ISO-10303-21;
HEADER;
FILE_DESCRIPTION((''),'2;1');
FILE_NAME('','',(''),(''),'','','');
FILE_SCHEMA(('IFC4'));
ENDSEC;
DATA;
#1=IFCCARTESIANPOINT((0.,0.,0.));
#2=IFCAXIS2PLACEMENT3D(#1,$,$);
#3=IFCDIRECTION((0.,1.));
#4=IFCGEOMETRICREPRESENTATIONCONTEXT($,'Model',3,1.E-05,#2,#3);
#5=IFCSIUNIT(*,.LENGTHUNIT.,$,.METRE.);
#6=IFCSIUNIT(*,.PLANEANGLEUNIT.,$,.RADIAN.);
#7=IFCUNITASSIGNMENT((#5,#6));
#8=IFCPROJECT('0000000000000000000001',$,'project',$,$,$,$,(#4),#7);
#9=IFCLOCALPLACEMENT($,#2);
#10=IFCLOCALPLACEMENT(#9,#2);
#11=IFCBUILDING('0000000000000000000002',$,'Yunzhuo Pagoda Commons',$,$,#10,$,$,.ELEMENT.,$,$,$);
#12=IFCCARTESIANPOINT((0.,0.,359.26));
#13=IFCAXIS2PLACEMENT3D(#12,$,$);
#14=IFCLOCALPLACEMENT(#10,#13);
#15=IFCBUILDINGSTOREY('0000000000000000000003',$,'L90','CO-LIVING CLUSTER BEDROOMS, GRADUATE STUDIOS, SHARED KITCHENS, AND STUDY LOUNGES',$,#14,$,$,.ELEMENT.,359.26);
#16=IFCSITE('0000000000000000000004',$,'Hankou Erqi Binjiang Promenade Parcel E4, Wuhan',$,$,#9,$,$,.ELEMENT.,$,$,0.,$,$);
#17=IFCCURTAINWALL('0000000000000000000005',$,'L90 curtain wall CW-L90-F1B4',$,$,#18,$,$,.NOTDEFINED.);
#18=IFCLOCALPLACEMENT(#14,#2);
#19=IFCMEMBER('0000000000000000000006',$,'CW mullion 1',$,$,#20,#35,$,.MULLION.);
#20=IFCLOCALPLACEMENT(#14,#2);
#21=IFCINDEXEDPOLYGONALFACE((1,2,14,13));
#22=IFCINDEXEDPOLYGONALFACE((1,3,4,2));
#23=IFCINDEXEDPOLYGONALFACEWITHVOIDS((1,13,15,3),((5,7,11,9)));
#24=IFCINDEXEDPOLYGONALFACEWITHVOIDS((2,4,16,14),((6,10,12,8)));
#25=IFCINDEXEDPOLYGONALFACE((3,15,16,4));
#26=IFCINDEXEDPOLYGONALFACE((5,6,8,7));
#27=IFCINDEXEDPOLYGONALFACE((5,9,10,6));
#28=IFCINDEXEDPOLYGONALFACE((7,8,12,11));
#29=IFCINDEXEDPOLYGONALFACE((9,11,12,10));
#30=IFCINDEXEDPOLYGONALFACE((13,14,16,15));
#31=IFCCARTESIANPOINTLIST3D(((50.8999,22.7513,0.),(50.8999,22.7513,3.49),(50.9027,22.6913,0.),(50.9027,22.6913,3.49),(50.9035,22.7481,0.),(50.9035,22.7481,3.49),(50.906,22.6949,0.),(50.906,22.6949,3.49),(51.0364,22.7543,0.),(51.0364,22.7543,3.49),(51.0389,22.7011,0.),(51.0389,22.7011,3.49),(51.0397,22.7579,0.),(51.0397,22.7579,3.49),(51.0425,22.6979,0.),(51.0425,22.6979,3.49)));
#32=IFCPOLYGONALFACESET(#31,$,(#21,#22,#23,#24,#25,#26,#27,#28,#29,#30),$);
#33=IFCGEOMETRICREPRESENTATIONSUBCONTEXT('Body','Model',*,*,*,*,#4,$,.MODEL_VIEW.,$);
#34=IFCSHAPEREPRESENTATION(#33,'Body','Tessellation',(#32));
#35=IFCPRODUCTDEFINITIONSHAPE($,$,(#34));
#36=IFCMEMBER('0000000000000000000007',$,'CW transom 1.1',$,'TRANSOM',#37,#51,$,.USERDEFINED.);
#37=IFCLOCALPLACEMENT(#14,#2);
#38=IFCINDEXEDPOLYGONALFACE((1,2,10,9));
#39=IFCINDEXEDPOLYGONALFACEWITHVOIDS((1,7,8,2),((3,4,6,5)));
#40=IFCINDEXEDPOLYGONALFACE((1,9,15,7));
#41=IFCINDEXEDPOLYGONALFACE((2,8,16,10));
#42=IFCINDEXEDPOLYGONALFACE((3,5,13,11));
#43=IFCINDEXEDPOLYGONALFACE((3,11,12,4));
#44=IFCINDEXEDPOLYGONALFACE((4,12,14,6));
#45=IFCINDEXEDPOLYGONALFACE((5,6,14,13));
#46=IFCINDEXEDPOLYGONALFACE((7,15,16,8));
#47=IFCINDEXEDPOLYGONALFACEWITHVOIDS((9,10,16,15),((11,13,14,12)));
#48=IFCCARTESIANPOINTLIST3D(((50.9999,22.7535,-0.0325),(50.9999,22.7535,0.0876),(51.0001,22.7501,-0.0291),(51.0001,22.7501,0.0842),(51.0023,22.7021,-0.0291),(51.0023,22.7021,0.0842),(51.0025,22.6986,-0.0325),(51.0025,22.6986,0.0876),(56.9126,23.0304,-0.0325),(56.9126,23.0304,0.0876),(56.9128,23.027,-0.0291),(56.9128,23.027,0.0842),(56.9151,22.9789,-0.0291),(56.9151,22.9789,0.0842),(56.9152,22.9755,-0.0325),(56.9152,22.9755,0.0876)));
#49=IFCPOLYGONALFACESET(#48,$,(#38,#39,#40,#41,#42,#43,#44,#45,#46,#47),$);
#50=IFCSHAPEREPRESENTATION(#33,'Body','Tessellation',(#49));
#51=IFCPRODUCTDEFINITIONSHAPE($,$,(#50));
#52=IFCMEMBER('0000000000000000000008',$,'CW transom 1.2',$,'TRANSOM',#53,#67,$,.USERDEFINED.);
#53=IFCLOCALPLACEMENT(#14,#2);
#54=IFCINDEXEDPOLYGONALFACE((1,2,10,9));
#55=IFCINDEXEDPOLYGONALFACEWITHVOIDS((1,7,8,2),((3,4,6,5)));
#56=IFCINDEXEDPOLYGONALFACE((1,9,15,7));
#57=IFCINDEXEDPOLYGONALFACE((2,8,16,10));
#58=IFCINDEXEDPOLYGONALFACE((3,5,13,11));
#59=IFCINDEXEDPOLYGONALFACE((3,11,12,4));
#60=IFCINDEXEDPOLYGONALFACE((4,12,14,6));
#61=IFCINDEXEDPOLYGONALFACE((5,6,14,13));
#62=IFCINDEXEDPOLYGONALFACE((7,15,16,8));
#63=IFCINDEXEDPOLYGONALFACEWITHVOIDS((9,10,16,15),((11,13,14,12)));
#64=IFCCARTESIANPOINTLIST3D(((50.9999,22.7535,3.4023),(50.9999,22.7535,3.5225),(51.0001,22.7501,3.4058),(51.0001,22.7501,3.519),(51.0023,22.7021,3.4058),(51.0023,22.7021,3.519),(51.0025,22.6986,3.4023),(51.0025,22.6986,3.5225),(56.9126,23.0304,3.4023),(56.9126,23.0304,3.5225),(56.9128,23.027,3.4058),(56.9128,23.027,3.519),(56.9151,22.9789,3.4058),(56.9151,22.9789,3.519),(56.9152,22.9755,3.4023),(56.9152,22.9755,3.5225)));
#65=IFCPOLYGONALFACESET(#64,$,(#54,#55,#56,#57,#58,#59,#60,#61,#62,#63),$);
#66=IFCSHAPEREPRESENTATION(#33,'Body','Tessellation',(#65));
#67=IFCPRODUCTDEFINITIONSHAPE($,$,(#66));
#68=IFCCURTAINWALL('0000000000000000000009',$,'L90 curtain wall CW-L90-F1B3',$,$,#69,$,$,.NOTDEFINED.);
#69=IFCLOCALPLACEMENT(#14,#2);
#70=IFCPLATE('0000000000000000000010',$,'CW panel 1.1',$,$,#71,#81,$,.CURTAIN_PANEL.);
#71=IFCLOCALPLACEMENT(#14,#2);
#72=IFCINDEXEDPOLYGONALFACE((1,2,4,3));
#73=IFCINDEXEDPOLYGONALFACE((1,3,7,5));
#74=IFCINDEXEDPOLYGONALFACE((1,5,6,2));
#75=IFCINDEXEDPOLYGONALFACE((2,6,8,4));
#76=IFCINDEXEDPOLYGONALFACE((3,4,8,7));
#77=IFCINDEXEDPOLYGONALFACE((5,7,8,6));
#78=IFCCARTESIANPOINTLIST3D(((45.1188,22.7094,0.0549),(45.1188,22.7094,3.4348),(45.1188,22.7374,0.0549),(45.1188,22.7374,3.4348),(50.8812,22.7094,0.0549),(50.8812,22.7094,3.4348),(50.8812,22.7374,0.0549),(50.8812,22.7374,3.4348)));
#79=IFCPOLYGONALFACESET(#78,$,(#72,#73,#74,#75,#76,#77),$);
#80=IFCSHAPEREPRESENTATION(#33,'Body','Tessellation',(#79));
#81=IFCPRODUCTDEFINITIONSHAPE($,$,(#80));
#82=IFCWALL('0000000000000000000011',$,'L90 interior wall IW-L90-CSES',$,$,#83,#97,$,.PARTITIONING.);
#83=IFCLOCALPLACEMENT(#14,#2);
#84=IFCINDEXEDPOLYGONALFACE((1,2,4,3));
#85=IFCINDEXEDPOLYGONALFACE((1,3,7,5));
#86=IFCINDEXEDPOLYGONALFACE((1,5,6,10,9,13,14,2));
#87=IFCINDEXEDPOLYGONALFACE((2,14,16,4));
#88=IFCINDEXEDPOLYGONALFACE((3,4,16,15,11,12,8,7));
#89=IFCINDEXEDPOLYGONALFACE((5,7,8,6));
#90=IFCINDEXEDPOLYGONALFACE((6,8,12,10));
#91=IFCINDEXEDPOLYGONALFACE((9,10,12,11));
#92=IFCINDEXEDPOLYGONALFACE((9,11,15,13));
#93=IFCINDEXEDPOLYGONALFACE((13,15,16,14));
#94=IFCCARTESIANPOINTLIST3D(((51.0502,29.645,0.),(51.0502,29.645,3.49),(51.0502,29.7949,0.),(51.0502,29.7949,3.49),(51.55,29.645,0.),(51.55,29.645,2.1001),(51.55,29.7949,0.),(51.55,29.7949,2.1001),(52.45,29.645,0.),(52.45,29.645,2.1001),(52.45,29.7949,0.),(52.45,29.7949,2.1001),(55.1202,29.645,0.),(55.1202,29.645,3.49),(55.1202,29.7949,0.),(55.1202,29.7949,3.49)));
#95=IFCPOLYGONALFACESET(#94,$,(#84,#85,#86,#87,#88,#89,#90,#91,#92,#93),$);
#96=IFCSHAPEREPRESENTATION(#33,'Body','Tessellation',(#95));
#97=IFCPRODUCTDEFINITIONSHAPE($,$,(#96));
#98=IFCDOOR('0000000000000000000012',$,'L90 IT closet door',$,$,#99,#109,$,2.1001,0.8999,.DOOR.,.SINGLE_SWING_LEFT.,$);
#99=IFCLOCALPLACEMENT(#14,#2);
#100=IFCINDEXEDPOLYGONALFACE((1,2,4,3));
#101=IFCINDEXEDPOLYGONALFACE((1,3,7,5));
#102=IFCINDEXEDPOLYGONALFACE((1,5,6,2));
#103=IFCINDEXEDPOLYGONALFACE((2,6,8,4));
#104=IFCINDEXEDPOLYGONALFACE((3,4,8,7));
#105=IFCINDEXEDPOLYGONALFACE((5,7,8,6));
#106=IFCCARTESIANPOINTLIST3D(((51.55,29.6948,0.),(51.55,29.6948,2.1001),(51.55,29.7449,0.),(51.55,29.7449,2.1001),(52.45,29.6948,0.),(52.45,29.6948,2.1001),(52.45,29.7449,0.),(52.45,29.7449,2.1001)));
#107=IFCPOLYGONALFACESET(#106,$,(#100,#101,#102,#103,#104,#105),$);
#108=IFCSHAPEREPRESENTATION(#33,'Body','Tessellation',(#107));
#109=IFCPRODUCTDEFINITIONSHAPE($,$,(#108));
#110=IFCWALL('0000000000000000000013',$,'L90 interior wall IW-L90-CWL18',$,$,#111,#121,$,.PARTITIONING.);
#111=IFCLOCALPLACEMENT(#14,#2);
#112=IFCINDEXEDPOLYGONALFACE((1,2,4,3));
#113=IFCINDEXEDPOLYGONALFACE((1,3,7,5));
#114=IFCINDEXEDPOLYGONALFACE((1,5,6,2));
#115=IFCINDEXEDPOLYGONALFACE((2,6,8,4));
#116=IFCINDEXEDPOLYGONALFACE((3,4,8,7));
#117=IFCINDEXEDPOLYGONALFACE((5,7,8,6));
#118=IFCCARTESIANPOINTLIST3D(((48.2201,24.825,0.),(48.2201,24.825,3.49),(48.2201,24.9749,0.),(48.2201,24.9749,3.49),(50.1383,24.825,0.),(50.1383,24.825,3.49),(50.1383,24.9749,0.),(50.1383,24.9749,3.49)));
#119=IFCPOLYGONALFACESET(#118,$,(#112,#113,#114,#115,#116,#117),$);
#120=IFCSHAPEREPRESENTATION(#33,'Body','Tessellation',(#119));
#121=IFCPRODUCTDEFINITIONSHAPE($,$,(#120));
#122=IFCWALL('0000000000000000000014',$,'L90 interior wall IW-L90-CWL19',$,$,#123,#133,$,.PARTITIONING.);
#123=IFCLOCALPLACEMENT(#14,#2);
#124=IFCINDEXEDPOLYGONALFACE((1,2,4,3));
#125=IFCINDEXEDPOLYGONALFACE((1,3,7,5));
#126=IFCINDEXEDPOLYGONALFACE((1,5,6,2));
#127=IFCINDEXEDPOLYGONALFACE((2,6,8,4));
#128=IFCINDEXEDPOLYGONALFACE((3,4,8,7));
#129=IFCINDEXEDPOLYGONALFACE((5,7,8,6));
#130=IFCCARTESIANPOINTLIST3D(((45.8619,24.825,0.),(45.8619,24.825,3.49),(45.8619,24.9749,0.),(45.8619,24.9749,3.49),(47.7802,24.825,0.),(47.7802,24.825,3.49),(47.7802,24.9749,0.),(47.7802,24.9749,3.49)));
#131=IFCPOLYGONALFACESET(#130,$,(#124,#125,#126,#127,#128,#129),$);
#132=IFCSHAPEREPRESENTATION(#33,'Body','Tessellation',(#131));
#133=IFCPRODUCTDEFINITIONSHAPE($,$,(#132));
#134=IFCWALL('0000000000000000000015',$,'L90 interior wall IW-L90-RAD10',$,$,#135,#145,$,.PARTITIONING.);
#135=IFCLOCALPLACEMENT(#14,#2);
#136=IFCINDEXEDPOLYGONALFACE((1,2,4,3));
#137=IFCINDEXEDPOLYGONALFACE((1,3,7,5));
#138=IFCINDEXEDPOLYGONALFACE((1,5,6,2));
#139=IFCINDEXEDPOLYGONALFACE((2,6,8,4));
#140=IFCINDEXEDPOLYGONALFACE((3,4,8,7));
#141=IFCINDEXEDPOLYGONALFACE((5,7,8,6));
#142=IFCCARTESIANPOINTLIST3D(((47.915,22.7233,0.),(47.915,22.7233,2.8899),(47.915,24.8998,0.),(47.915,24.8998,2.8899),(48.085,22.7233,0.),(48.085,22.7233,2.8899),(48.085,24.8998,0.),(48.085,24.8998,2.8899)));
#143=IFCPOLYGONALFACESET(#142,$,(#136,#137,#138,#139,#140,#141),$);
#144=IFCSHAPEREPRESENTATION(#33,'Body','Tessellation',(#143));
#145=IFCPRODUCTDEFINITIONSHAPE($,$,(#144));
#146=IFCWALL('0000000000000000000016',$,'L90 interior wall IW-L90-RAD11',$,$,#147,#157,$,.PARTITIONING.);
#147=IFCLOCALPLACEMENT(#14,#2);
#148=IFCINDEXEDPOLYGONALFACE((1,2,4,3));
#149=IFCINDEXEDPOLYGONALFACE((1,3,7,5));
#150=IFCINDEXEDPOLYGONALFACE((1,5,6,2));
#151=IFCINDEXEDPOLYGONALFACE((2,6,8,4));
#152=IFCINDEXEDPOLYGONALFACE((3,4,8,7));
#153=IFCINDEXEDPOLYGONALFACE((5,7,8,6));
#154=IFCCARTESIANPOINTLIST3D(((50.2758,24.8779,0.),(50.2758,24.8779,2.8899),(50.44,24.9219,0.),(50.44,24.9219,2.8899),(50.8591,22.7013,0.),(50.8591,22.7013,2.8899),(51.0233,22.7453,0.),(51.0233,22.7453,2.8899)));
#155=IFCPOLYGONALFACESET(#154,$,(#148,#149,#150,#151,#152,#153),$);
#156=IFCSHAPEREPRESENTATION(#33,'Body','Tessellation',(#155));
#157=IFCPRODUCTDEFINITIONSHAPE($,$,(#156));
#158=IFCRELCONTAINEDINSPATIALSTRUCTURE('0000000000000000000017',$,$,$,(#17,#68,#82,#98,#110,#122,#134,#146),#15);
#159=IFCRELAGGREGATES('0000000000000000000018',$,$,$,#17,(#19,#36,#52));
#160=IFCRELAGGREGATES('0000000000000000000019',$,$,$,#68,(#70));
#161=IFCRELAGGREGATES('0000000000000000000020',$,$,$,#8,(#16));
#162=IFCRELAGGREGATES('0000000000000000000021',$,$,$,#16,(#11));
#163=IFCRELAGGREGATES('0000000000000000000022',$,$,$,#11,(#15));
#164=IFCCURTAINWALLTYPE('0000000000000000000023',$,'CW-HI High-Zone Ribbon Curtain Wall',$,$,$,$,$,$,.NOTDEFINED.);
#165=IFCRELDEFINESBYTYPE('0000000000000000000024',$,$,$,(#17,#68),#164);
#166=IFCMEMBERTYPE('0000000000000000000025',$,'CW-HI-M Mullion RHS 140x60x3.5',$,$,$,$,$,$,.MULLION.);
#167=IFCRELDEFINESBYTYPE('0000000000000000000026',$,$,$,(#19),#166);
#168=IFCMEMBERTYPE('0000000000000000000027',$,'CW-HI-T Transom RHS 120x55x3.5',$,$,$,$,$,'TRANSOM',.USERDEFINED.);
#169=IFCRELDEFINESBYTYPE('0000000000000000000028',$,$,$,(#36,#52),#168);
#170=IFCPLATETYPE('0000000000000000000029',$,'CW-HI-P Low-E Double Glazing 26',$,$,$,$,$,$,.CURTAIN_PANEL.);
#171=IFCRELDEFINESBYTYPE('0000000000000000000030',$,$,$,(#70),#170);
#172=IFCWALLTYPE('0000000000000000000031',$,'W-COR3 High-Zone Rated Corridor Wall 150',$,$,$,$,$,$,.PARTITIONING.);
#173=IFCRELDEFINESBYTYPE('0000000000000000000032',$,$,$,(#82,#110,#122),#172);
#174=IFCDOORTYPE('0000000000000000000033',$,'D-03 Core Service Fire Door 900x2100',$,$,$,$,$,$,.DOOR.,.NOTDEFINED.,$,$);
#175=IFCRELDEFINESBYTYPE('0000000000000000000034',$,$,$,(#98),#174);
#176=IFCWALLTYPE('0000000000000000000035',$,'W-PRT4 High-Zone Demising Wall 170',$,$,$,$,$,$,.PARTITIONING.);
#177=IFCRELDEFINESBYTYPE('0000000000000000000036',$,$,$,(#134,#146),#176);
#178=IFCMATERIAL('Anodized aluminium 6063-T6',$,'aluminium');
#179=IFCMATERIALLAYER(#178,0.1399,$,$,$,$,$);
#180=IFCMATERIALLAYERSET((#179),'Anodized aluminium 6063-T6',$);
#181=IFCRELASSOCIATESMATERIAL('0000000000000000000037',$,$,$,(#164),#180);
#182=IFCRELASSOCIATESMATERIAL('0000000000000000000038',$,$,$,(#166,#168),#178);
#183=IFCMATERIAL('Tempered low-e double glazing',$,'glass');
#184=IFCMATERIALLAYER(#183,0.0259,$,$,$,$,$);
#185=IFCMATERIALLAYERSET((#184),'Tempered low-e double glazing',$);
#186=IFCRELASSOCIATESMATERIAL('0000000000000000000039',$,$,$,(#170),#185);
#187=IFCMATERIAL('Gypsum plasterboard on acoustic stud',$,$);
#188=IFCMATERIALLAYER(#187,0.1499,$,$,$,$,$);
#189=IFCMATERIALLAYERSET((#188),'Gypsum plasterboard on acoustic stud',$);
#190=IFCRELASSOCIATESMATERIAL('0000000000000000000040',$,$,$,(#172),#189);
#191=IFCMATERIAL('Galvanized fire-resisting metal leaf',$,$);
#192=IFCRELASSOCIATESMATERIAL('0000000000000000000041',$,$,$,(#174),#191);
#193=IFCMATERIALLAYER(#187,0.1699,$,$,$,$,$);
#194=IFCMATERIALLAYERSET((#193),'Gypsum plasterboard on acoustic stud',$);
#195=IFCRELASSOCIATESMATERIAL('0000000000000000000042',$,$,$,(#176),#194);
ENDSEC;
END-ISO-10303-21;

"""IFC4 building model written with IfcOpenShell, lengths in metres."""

from ifc_helpers import new_model, si_unit, direction, frame, frame_2d, origin, origin_with_axes, origin_2d, place, context, subcontext, project, spatial, rectangle, hollow_rectangle, extrude, source, transform, mapped, material, layer, layer_set, material_profile, profile_set, type_object, element, fill, aggregate, save


model = new_model("IFC4")

# Units and contexts
model_context = context("Model", 3, precision=1e-05, world=origin(), true_north=direction((0.0, 1.0)))
body_context = subcontext(model_context, "Body", "Model", "MODEL_VIEW")
ifc_project = project(units=[si_unit("LENGTHUNIT", "METRE"), si_unit("PLANEANGLEUNIT", "RADIAN")], contexts=[model_context])

# Site, building, storey
site_placement = place(None, origin())
site = spatial("IfcSite", under=ifc_project, at=site_placement, Name="Hankou Erqi Binjiang Promenade Parcel E4, Wuhan", CompositionType="ELEMENT", RefElevation=0.0)
building_placement = place(site_placement, origin())
building = spatial("IfcBuilding", under=site, at=building_placement, Name="Yunzhuo Pagoda Commons", CompositionType="ELEMENT")
storey_placement = place(building_placement, frame((0.0, 0.0, 359.26)))
storey = spatial("IfcBuildingStorey", under=building, at=storey_placement, Name="L90", Description="CO-LIVING CLUSTER BEDROOMS, GRADUATE STUDIOS, SHARED KITCHENS, AND STUDY LOUNGES", CompositionType="ELEMENT", Elevation=359.26)

# Curtain wall, members
ifc_material_1 = material(Name="Anodized aluminium 6063-T6", Category="aluminium")
ifc_layer_1 = layer(ifc_material_1, 0.1399)
ifc_layer_set_1 = layer_set([ifc_layer_1], Name="Anodized aluminium 6063-T6")
curtain_wall_type = type_object("IfcCurtainWallType", Name="CW-HI High-Zone Ribbon Curtain Wall", PredefinedType="NOTDEFINED", material=ifc_layer_set_1)
curtain_wall_1_placement = place(storey_placement, origin())
curtain_wall_1 = element("IfcCurtainWall", 1, at=curtain_wall_1_placement, inside=storey, type_object=curtain_wall_type, Name="L90 curtain wall CW-L90-F1B4", PredefinedType="NOTDEFINED")
ifc_material_profile_1 = material_profile(ifc_material_1, hollow_rectangle(XDim=0.0601, YDim=0.1399, WallThickness=0.0034, at=origin_2d()), Name="Anodized aluminium 6063-T6")
ifc_profile_set_1 = profile_set([ifc_material_profile_1], Name="Anodized aluminium 6063-T6")
member_type_1 = type_object("IfcMemberType", Name="CW-HI-M Mullion RHS 140x60x3.5", PredefinedType="MULLION", material=ifc_profile_set_1)
shared_shape_1 = source(origin(), body_context, "Body", "SweptSolid", [
    extrude(hollow_rectangle(XDim=0.0601, YDim=0.1399, WallThickness=0.0034, at=origin_2d()), origin(), (0.0, 0.0, 1.0), 3.49),
])
member_1_placement = place(storey_placement, frame((50.9712, 22.7246, 0.0), z_axis=(0.0, 0.0, 1.0), x_axis=(-0.046712, 0.998908, 0.0)))
member_1 = element("IfcMember", 2, at=member_1_placement, type_object=member_type_1, Name="CW mullion 1", PredefinedType="MULLION", context=body_context, shape_type="MappedRepresentation", body=[
    mapped(shared_shape_1, transform((0.0, 0.0, 0.0), scale=1.0)),
])
ifc_material_profile_2 = material_profile(ifc_material_1, hollow_rectangle(XDim=0.0549, YDim=0.1201, WallThickness=0.0034, at=origin_2d()), Name="Anodized aluminium 6063-T6")
ifc_profile_set_2 = profile_set([ifc_material_profile_2], Name="Anodized aluminium 6063-T6")
member_type_2 = type_object("IfcMemberType", Name="CW-HI-T Transom RHS 120x55x3.5", ElementType="TRANSOM", PredefinedType="USERDEFINED", material=ifc_profile_set_2)
shared_shape_2 = source(origin(), body_context, "Body", "SweptSolid", [
    extrude(hollow_rectangle(XDim=0.0549, YDim=0.1201, WallThickness=0.0034, at=origin_2d()), origin(), (0.0, 0.0, 1.0), 5.9192),
])
member_2_placement = place(storey_placement, frame((51.0012, 22.7261, 0.0276), z_axis=(0.998906, 0.046773, 0.0), x_axis=(-0.046773, 0.998906, 0.0)))
member_2 = element("IfcMember", 3, at=member_2_placement, type_object=member_type_2, Name="CW transom 1.1", ObjectType="TRANSOM", PredefinedType="USERDEFINED", context=body_context, shape_type="MappedRepresentation", body=[
    mapped(shared_shape_2, transform((0.0, 0.0, 0.0), scale=1.0)),
])
member_3_placement = place(storey_placement, frame((51.0012, 22.7261, 3.4624), z_axis=(0.998906, 0.046773, 0.0), x_axis=(-0.046773, 0.998906, 0.0)))
member_3 = element("IfcMember", 4, at=member_3_placement, type_object=member_type_2, Name="CW transom 1.2", ObjectType="TRANSOM", PredefinedType="USERDEFINED", context=body_context, shape_type="MappedRepresentation", body=[
    mapped(shared_shape_2, transform((0.0, 0.0, 0.0), scale=1.0)),
])
aggregate(curtain_wall_1, [member_1, member_2, member_3])

# Curtain wall, plate
curtain_wall_2_placement = place(storey_placement, origin())
curtain_wall_2 = element("IfcCurtainWall", 5, at=curtain_wall_2_placement, inside=storey, type_object=curtain_wall_type, Name="L90 curtain wall CW-L90-F1B3", PredefinedType="NOTDEFINED")
ifc_material_2 = material(Name="Tempered low-e double glazing", Category="glass")
ifc_layer_2 = layer(ifc_material_2, 0.0259)
ifc_layer_set_2 = layer_set([ifc_layer_2], Name="Tempered low-e double glazing")
plate_type = type_object("IfcPlateType", Name="CW-HI-P Low-E Double Glazing 26", PredefinedType="CURTAIN_PANEL", material=ifc_layer_set_2)
shared_shape_3 = source(origin(), body_context, "Body", "SweptSolid", [
    extrude(rectangle(XDim=5.7625, YDim=0.0281, at=origin_2d()), origin(), (0.0, 0.0, 1.0), 3.3799),
])
plate_placement = place(storey_placement, frame((48.0, 22.7234, 0.0549), z_axis=(0.0, 0.0, 1.0), x_axis=(1.0, 0.0, 0.0)))
plate = element("IfcPlate", 6, at=plate_placement, type_object=plate_type, Name="CW panel 1.1", PredefinedType="CURTAIN_PANEL", context=body_context, shape_type="MappedRepresentation", body=[
    mapped(shared_shape_3, transform((0.0, 0.0, 0.0), scale=1.0)),
])
aggregate(curtain_wall_2, [plate])

# Wall, opening, door
ifc_material_3 = material(Name="Gypsum plasterboard on acoustic stud")
ifc_layer_3 = layer(ifc_material_3, 0.1499)
ifc_layer_set_3 = layer_set([ifc_layer_3], Name="Gypsum plasterboard on acoustic stud")
wall_type_1 = type_object("IfcWallType", Name="W-COR3 High-Zone Rated Corridor Wall 150", PredefinedType="PARTITIONING", material=ifc_layer_set_3)
wall_1_placement = place(storey_placement, frame((51.05, 29.72, 0.0), z_axis=(0.0, 0.0, 1.0), x_axis=(1.0, 0.0, 0.0)))
wall_1 = element("IfcWall", 7, at=wall_1_placement, inside=storey, type_object=wall_type_1, Name="L90 interior wall IW-L90-CSES", PredefinedType="PARTITIONING", context=body_context, shape_type="SweptSolid", body=[
    extrude(rectangle(XDim=4.0701, YDim=0.1499, at=frame_2d((2.0352, 0.0))), origin(), (0.0, 0.0, 1.0), 3.49),
])
opening_1_placement = place(wall_1_placement, frame((0.5, 0.0, 0.0)))
opening_1 = element("IfcOpeningElement", 8, at=opening_1_placement, cuts=wall_1, PredefinedType="OPENING", context=body_context, shape_type="SweptSolid", body=[
    extrude(rectangle(XDim=0.8999, YDim=2.1001, at=frame_2d((0.45, 1.05))), frame((0.0, 0.085, 0.0), z_axis=(0.0, -1.0, 0.0), x_axis=(1.0, 0.0, 0.0)), (0.0, 0.0, 1.0), 0.1699),
])
ifc_material_4 = material(Name="Galvanized fire-resisting metal leaf")
door_type_1 = type_object("IfcDoorType", Name="D-03 Core Service Fire Door 900x2100", OperationType="NOTDEFINED", PredefinedType="DOOR", material=ifc_material_4)
shared_shape_4 = source(origin(), body_context, "Body", "SweptSolid", [
    extrude(rectangle(XDim=0.8999, YDim=2.1001, at=frame_2d((0.45, 1.05))), frame((0.0, 0.0249, 0.0), z_axis=(0.0, -1.0, 0.0), x_axis=(1.0, 0.0, 0.0)), (0.0, 0.0, 1.0), 0.05),
])
door_1_placement = place(opening_1_placement, origin_with_axes())
door_1 = element("IfcDoor", 9, at=door_1_placement, inside=storey, type_object=door_type_1, Name="L90 IT closet door", OperationType="SINGLE_SWING_LEFT", OverallHeight=2.1001, OverallWidth=0.8999, PredefinedType="DOOR", context=body_context, shape_type="MappedRepresentation", body=[
    mapped(shared_shape_4, transform((0.0, 0.0, 0.0), scale=1.0)),
])
fill(opening_1, door_1)

# Walls
for number, where, z_axis, x_axis, name in (
    (10, (50.1382, 24.8999, 0.0), (0.0, 0.0, 1.0), (-1.0, 0.0, 0.0), "L90 interior wall IW-L90-CWL18"),
    (11, (47.78, 24.8999, 0.0), (0.0, 0.0, 1.0), (-1.0, 0.0, 0.0), "L90 interior wall IW-L90-CWL19"),
):
    element("IfcWall", number, at=place(storey_placement, frame(where, z_axis=z_axis, x_axis=x_axis)), inside=storey, type_object=wall_type_1, Name=name, PredefinedType="PARTITIONING", context=body_context, shape_type="SweptSolid", body=[
        extrude(rectangle(XDim=1.9182, YDim=0.1499, at=frame_2d((0.959, 0.0))), origin(), (0.0, 0.0, 1.0), 3.49),
    ])
ifc_layer_4 = layer(ifc_material_3, 0.1699)
ifc_layer_set_4 = layer_set([ifc_layer_4], Name="Gypsum plasterboard on acoustic stud")
wall_type_2 = type_object("IfcWallType", Name="W-PRT4 High-Zone Demising Wall 170", PredefinedType="PARTITIONING", material=ifc_layer_set_4)
wall_2_placement = place(storey_placement, frame((48.0, 24.8999, 0.0), z_axis=(0.0, 0.0, 1.0), x_axis=(0.0, -1.0, 0.0)))
element("IfcWall", 12, at=wall_2_placement, inside=storey, type_object=wall_type_2, Name="L90 interior wall IW-L90-RAD10", PredefinedType="PARTITIONING", context=body_context, shape_type="SweptSolid", body=[
    extrude(rectangle(XDim=2.1765, YDim=0.1699, at=frame_2d((1.0884, 0.0))), origin(), (0.0, 0.0, 1.0), 2.8899),
])
wall_3_placement = place(storey_placement, frame((50.3579, 24.8999, 0.0), z_axis=(0.0, 0.0, 1.0), x_axis=(0.258843, -0.96592, 0.0)))
element("IfcWall", 13, at=wall_3_placement, inside=storey, type_object=wall_type_2, Name="L90 interior wall IW-L90-RAD11", PredefinedType="PARTITIONING", context=body_context, shape_type="SweptSolid", body=[
    extrude(rectangle(XDim=2.2534, YDim=0.1699, at=frame_2d((1.1267, 0.0))), origin(), (0.0, 0.0, 1.0), 2.8899),
])

save(model, "model.ifc")
